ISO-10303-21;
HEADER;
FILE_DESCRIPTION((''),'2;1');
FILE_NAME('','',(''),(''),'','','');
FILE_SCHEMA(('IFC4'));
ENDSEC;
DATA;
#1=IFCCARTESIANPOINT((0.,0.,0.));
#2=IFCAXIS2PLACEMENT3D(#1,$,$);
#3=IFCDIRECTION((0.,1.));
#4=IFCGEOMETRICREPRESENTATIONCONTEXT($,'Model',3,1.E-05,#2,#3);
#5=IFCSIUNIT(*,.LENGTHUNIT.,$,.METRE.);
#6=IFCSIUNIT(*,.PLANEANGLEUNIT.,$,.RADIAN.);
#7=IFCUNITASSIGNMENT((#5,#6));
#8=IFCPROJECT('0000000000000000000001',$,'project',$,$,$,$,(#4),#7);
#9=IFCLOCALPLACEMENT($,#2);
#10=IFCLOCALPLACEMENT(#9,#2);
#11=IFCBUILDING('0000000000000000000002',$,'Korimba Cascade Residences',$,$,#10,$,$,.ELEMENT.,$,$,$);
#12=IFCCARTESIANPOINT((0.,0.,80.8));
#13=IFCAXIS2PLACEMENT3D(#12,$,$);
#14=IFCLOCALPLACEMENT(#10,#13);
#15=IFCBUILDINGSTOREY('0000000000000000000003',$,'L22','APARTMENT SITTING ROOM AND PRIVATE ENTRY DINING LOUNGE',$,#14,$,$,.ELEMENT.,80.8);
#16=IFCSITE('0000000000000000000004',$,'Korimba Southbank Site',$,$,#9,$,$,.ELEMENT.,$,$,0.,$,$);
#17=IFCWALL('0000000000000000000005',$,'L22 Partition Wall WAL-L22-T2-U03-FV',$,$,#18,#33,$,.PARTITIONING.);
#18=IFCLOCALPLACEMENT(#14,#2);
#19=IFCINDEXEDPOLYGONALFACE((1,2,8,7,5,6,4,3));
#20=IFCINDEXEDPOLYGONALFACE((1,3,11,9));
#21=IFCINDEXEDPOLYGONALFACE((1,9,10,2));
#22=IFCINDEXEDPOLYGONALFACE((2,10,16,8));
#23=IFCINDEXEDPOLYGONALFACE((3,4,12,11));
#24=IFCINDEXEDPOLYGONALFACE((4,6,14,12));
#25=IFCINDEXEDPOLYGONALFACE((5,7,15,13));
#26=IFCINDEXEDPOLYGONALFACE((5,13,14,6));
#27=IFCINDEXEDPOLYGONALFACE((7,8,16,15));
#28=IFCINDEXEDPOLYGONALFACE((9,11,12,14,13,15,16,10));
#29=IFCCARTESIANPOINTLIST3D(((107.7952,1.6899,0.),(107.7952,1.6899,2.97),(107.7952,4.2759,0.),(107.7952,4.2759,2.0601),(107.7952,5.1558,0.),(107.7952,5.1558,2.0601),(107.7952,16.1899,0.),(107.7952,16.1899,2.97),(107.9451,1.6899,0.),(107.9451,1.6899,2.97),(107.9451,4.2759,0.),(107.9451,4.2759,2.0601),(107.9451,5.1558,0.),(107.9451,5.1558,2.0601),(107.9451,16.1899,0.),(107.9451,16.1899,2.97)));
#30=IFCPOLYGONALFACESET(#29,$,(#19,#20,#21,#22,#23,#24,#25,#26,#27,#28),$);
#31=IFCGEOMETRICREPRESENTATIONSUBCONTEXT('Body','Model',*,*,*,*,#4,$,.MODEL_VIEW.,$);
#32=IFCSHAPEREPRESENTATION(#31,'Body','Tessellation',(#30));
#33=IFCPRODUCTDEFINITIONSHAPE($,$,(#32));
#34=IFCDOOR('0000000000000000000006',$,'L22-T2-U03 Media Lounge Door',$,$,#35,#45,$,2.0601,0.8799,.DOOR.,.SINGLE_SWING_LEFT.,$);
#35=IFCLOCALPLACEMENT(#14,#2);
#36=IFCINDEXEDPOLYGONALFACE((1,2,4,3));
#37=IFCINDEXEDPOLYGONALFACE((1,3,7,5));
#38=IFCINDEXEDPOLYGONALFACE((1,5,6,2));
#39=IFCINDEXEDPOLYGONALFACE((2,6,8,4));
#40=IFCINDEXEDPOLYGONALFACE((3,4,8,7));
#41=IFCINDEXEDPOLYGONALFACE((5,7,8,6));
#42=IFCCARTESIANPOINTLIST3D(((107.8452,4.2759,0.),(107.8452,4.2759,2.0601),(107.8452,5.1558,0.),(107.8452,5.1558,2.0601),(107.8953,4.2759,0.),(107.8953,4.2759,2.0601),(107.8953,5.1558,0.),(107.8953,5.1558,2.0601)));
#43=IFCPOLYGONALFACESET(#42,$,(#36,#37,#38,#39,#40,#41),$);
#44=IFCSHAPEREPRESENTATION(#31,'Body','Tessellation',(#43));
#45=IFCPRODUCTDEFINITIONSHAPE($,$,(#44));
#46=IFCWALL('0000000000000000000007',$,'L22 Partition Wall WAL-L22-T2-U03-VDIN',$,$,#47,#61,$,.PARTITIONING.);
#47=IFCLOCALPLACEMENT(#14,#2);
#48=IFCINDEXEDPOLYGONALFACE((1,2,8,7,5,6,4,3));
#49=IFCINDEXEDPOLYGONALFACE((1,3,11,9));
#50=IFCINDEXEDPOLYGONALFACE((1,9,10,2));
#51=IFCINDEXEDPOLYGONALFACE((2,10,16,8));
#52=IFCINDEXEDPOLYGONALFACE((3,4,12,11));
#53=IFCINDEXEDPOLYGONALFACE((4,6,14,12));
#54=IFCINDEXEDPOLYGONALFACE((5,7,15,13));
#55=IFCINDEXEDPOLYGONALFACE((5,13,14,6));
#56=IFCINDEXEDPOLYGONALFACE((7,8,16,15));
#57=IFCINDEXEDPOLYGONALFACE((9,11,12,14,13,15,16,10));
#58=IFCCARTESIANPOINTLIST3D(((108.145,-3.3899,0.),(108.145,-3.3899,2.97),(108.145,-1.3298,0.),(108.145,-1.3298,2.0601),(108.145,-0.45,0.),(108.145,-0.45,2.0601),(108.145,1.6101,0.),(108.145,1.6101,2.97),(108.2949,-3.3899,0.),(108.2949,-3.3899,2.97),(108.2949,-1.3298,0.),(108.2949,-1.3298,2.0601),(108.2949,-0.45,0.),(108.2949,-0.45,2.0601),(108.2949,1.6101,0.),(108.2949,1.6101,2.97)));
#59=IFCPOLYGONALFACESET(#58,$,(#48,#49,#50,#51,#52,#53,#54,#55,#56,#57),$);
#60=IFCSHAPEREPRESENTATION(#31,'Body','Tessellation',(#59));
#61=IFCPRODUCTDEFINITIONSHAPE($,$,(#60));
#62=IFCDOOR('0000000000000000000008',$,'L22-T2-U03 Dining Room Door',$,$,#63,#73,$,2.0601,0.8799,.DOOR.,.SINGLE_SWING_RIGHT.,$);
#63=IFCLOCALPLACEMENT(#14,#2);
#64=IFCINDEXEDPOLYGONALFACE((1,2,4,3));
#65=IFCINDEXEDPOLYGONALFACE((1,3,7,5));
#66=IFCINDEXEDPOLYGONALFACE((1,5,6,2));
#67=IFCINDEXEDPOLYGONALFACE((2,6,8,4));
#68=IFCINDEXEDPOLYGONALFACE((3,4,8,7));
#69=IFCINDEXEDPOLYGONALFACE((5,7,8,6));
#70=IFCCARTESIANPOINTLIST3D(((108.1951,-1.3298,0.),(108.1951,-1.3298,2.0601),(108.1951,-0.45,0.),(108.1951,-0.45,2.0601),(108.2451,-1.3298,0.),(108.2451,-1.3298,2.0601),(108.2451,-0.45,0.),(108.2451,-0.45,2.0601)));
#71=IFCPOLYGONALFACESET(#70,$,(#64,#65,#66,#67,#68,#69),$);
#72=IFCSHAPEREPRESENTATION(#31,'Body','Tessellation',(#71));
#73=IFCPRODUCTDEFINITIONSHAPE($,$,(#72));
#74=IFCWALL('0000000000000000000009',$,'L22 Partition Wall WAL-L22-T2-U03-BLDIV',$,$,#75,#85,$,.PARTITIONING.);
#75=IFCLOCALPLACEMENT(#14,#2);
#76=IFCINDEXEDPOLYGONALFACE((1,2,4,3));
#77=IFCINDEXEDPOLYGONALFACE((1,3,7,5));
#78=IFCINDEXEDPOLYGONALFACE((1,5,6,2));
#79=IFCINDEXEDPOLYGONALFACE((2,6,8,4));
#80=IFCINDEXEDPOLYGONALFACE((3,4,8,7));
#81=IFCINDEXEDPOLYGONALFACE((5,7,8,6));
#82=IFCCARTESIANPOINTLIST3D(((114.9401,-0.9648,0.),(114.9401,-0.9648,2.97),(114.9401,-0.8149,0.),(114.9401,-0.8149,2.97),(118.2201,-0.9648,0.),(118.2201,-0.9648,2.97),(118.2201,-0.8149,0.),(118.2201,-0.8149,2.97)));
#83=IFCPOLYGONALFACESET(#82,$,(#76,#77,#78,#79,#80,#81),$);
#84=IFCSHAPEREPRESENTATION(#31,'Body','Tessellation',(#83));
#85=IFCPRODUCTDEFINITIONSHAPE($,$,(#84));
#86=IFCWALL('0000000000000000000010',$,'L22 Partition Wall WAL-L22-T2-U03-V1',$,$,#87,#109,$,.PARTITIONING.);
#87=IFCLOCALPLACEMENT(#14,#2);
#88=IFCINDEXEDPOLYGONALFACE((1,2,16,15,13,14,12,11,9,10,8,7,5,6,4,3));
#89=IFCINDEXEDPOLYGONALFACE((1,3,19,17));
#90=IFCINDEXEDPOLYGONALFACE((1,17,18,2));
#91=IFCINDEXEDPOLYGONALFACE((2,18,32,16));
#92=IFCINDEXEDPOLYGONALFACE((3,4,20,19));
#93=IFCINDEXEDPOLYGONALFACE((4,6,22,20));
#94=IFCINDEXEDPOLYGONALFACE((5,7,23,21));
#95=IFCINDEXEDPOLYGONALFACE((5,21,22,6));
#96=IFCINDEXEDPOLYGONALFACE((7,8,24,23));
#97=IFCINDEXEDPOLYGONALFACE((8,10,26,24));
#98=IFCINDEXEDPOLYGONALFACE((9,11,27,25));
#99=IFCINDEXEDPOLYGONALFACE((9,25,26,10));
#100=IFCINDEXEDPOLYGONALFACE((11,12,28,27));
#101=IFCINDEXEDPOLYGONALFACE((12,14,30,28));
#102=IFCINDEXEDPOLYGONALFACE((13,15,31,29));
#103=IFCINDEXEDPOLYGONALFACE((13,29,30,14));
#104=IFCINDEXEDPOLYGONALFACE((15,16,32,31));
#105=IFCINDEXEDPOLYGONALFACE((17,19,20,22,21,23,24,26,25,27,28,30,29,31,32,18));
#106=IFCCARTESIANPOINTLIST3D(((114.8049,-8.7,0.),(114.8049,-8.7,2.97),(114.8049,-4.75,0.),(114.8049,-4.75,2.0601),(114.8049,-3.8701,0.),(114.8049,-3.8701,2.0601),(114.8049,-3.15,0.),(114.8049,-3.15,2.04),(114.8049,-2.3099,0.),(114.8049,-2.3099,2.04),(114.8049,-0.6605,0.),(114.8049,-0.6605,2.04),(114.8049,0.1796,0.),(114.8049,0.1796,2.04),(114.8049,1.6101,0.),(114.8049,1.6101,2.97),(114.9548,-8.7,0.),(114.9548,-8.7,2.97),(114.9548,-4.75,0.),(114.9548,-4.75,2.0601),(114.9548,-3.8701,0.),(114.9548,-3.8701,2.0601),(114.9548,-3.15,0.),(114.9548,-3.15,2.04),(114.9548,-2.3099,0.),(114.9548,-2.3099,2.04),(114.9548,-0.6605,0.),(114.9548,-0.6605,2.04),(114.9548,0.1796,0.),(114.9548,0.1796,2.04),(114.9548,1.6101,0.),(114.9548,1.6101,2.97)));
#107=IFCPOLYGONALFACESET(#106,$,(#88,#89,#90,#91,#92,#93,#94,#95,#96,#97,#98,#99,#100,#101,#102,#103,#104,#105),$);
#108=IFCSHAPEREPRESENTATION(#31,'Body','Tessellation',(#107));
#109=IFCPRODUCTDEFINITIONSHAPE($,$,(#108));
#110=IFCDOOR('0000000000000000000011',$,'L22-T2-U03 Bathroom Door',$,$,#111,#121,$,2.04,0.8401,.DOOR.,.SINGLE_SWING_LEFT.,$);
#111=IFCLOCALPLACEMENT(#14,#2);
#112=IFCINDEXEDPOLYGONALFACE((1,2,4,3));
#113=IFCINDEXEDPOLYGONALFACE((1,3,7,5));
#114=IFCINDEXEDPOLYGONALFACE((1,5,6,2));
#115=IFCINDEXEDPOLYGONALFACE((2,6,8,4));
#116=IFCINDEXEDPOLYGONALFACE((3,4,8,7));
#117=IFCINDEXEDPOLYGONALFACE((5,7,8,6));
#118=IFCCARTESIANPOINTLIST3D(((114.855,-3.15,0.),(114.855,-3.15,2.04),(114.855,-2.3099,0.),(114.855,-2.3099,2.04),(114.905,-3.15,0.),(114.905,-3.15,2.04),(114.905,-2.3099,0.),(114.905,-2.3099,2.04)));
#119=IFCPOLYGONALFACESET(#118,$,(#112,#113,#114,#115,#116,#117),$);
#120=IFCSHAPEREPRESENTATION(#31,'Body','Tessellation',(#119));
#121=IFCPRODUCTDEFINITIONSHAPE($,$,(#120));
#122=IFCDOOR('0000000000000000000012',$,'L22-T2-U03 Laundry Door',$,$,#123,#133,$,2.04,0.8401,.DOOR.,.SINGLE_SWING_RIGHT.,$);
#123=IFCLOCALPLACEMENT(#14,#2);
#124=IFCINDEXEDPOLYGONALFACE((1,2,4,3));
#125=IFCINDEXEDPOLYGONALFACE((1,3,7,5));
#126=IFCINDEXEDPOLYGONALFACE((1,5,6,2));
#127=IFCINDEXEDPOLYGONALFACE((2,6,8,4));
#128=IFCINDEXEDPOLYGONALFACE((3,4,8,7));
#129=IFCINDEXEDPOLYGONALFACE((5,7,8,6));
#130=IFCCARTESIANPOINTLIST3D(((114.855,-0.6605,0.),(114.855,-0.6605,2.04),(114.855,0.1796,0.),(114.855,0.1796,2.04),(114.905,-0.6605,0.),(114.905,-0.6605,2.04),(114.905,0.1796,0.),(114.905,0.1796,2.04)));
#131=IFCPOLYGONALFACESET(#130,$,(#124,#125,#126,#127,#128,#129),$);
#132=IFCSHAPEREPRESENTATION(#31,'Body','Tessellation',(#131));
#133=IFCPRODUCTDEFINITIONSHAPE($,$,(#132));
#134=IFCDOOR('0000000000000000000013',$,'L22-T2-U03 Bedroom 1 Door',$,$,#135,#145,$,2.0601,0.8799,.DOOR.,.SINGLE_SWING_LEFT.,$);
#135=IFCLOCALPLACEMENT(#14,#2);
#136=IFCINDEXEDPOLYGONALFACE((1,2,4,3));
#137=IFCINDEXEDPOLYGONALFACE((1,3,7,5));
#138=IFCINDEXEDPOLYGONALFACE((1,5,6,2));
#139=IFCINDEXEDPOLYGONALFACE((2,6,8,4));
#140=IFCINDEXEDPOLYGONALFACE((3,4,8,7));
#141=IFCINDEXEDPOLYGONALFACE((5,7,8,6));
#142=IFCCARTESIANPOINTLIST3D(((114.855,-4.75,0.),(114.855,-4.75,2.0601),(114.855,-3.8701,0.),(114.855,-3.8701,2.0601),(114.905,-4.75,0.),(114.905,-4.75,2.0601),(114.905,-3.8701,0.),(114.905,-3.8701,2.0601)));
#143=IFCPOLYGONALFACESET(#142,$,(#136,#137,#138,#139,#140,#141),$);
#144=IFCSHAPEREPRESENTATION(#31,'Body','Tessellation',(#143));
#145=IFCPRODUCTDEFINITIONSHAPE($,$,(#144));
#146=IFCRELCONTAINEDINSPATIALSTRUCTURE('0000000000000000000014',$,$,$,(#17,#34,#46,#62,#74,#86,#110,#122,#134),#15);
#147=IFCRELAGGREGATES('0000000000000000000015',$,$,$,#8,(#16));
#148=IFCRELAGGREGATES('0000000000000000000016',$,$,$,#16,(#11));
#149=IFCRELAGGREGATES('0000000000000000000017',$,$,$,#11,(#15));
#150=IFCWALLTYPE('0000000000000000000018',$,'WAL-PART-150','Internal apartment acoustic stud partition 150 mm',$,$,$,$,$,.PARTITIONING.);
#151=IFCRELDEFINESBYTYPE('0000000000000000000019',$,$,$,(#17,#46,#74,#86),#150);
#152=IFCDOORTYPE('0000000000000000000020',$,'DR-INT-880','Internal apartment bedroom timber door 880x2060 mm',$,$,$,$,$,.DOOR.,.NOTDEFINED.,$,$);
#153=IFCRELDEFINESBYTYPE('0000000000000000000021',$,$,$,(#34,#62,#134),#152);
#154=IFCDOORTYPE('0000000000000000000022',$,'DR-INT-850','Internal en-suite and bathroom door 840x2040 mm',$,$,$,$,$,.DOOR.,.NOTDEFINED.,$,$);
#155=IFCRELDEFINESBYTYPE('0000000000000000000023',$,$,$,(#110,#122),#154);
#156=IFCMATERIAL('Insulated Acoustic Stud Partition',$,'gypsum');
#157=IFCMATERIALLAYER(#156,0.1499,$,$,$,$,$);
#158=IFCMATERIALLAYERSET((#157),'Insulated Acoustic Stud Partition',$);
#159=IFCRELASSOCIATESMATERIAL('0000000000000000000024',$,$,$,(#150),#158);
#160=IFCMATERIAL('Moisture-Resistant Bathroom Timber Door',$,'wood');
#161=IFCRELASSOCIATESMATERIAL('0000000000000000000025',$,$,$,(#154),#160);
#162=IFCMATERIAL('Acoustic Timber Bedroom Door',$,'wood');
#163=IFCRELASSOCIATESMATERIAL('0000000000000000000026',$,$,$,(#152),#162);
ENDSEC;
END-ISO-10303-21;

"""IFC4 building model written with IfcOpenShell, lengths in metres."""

from ifc_helpers import new_model, si_unit, direction, frame, frame_2d, origin, place, context, subcontext, project, spatial, rectangle, extrude, material, layer, layer_set, type_object, element, fill, save


model = new_model("IFC4")

# Units and contexts
model_context = context("Model", 3, precision=1e-05, world=origin(), true_north=direction((0.0, 1.0)))
body_context = subcontext(model_context, "Body", "Model", "MODEL_VIEW")
ifc_project = project(units=[si_unit("LENGTHUNIT", "METRE"), si_unit("PLANEANGLEUNIT", "RADIAN")], contexts=[model_context])

# Site, building, storey
site_placement = place(None, origin())
site = spatial("IfcSite", under=ifc_project, at=site_placement, Name="Korimba Southbank Site", CompositionType="ELEMENT", RefElevation=0.0)
building_placement = place(site_placement, origin())
building = spatial("IfcBuilding", under=site, at=building_placement, Name="Korimba Cascade Residences", CompositionType="ELEMENT")
storey_placement = place(building_placement, frame((0.0, 0.0, 80.8)))
storey = spatial("IfcBuildingStorey", under=building, at=storey_placement, Name="L22", Description="APARTMENT SITTING ROOM AND PRIVATE ENTRY DINING LOUNGE", CompositionType="ELEMENT", Elevation=80.8)

# Walls, openings, doors
ifc_material_1 = material(Name="Insulated Acoustic Stud Partition", Category="gypsum")
ifc_layer = layer(ifc_material_1, 0.1499)
ifc_layer_set = layer_set([ifc_layer], Name="Insulated Acoustic Stud Partition")
wall_type = type_object("IfcWallType", Name="WAL-PART-150", Description="Internal apartment acoustic stud partition 150 mm", PredefinedType="PARTITIONING", material=ifc_layer_set)
ifc_material_2 = material(Name="Moisture-Resistant Bathroom Timber Door", Category="wood")
door_type_1 = type_object("IfcDoorType", Name="DR-INT-850", Description="Internal en-suite and bathroom door 840x2040 mm", OperationType="NOTDEFINED", PredefinedType="DOOR", material=ifc_material_2)
wall_1_placement = place(storey_placement, frame((107.8701, 1.6899, 0.0), z_axis=(0.0, 0.0, 1.0), x_axis=(0.0, 1.0, 0.0)))
wall_1 = element("IfcWall", 1, at=wall_1_placement, inside=storey, type_object=wall_type, Name="L22 Partition Wall WAL-L22-T2-U03-FV", PredefinedType="PARTITIONING", context=body_context, shape_type="SweptSolid", body=[
    extrude(rectangle(XDim=14.5, YDim=0.1499, at=frame_2d((7.25, 0.0))), origin(), (0.0, 0.0, 1.0), 2.97),
])
opening_1_placement = place(wall_1_placement, frame((2.5859, 0.0, 0.0)))
opening_1 = element("IfcOpeningElement", 2, at=opening_1_placement, cuts=wall_1, PredefinedType="OPENING", context=body_context, shape_type="SweptSolid", body=[
    extrude(rectangle(XDim=0.8799, YDim=2.0601, at=frame_2d((0.4399, 1.03))), frame((0.0, 0.085, 0.0), z_axis=(0.0, -1.0, 0.0), x_axis=(1.0, 0.0, 0.0)), (0.0, 0.0, 1.0), 0.1699),
])
ifc_material_3 = material(Name="Acoustic Timber Bedroom Door", Category="wood")
door_type_2 = type_object("IfcDoorType", Name="DR-INT-880", Description="Internal apartment bedroom timber door 880x2060 mm", OperationType="NOTDEFINED", PredefinedType="DOOR", material=ifc_material_3)
door_1_placement = place(opening_1_placement, origin())
door_1 = element("IfcDoor", 3, at=door_1_placement, inside=storey, type_object=door_type_2, Name="L22-T2-U03 Media Lounge Door", OperationType="SINGLE_SWING_LEFT", OverallHeight=2.0601, OverallWidth=0.8799, PredefinedType="DOOR", context=body_context, shape_type="SweptSolid", body=[
    extrude(rectangle(XDim=0.8799, YDim=2.0601, at=frame_2d((0.4399, 1.03))), frame((0.0, 0.0249, 0.0), z_axis=(0.0, -1.0, 0.0), x_axis=(1.0, 0.0, 0.0)), (0.0, 0.0, 1.0), 0.05),
])
fill(opening_1, door_1)
wall_2_placement = place(storey_placement, frame((108.22, -3.3899, 0.0), z_axis=(0.0, 0.0, 1.0), x_axis=(0.0, 1.0, 0.0)))
wall_2 = element("IfcWall", 4, at=wall_2_placement, inside=storey, type_object=wall_type, Name="L22 Partition Wall WAL-L22-T2-U03-VDIN", PredefinedType="PARTITIONING", context=body_context, shape_type="SweptSolid", body=[
    extrude(rectangle(XDim=5.0, YDim=0.1499, at=frame_2d((2.5, 0.0))), origin(), (0.0, 0.0, 1.0), 2.97),
])
opening_2_placement = place(wall_2_placement, frame((2.0601, 0.0, 0.0)))
opening_2 = element("IfcOpeningElement", 5, at=opening_2_placement, cuts=wall_2, PredefinedType="OPENING", context=body_context, shape_type="SweptSolid", body=[
    extrude(rectangle(XDim=0.8799, YDim=2.0601, at=frame_2d((0.4399, 1.03))), frame((0.0, 0.085, 0.0), z_axis=(0.0, -1.0, 0.0), x_axis=(1.0, 0.0, 0.0)), (0.0, 0.0, 1.0), 0.1699),
])
door_2_placement = place(opening_2_placement, origin())
door_2 = element("IfcDoor", 6, at=door_2_placement, inside=storey, type_object=door_type_2, Name="L22-T2-U03 Dining Room Door", OperationType="SINGLE_SWING_RIGHT", OverallHeight=2.0601, OverallWidth=0.8799, PredefinedType="DOOR", context=body_context, shape_type="SweptSolid", body=[
    extrude(rectangle(XDim=0.8799, YDim=2.0601, at=frame_2d((0.4399, 1.03))), frame((0.0, 0.0249, 0.0), z_axis=(0.0, -1.0, 0.0), x_axis=(1.0, 0.0, 0.0)), (0.0, 0.0, 1.0), 0.05),
])
fill(opening_2, door_2)

# Wall
wall_3_placement = place(storey_placement, frame((114.9399, -0.8899, 0.0), z_axis=(0.0, 0.0, 1.0), x_axis=(1.0, 0.0, 0.0)))
element("IfcWall", 7, at=wall_3_placement, inside=storey, type_object=wall_type, Name="L22 Partition Wall WAL-L22-T2-U03-BLDIV", PredefinedType="PARTITIONING", context=body_context, shape_type="SweptSolid", body=[
    extrude(rectangle(XDim=3.28, YDim=0.1499, at=frame_2d((1.6401, 0.0))), origin(), (0.0, 0.0, 1.0), 2.97),
])

# Wall, openings, doors
wall_4_placement = place(storey_placement, frame((114.8799, -8.7, 0.0), z_axis=(0.0, 0.0, 1.0), x_axis=(0.0, 1.0, 0.0)))
wall_4 = element("IfcWall", 8, at=wall_4_placement, inside=storey, type_object=wall_type, Name="L22 Partition Wall WAL-L22-T2-U03-V1", PredefinedType="PARTITIONING", context=body_context, shape_type="SweptSolid", body=[
    extrude(rectangle(XDim=10.3101, YDim=0.1499, at=frame_2d((5.155, 0.0))), origin(), (0.0, 0.0, 1.0), 2.97),
])
opening_3_placement = place(wall_4_placement, frame((5.55, 0.0, 0.0)))
opening_3 = element("IfcOpeningElement", 9, at=opening_3_placement, cuts=wall_4, PredefinedType="OPENING", context=body_context, shape_type="SweptSolid", body=[
    extrude(rectangle(XDim=0.8401, YDim=2.04, at=frame_2d((0.4199, 1.02))), frame((0.0, 0.085, 0.0), z_axis=(0.0, -1.0, 0.0), x_axis=(1.0, 0.0, 0.0)), (0.0, 0.0, 1.0), 0.1699),
])
opening_4_placement = place(wall_4_placement, frame((8.0396, 0.0, 0.0)))
opening_4 = element("IfcOpeningElement", 10, at=opening_4_placement, cuts=wall_4, PredefinedType="OPENING", context=body_context, shape_type="SweptSolid", body=[
    extrude(rectangle(XDim=0.8401, YDim=2.04, at=frame_2d((0.4199, 1.02))), frame((0.0, 0.085, 0.0), z_axis=(0.0, -1.0, 0.0), x_axis=(1.0, 0.0, 0.0)), (0.0, 0.0, 1.0), 0.1699),
])
opening_5_placement = place(wall_4_placement, frame((3.95, 0.0, 0.0)))
opening_5 = element("IfcOpeningElement", 11, at=opening_5_placement, cuts=wall_4, PredefinedType="OPENING", context=body_context, shape_type="SweptSolid", body=[
    extrude(rectangle(XDim=0.8799, YDim=2.0601, at=frame_2d((0.4399, 1.03))), frame((0.0, 0.085, 0.0), z_axis=(0.0, -1.0, 0.0), x_axis=(1.0, 0.0, 0.0)), (0.0, 0.0, 1.0), 0.1699),
])
door_3_placement = place(opening_3_placement, origin())
door_3 = element("IfcDoor", 12, at=door_3_placement, inside=storey, type_object=door_type_1, Name="L22-T2-U03 Bathroom Door", OperationType="SINGLE_SWING_LEFT", OverallHeight=2.04, OverallWidth=0.8401, PredefinedType="DOOR", context=body_context, shape_type="SweptSolid", body=[
    extrude(rectangle(XDim=0.8401, YDim=2.04, at=frame_2d((0.4199, 1.02))), frame((0.0, 0.0249, 0.0), z_axis=(0.0, -1.0, 0.0), x_axis=(1.0, 0.0, 0.0)), (0.0, 0.0, 1.0), 0.05),
])
fill(opening_3, door_3)
door_4_placement = place(opening_4_placement, origin())
door_4 = element("IfcDoor", 13, at=door_4_placement, inside=storey, type_object=door_type_1, Name="L22-T2-U03 Laundry Door", OperationType="SINGLE_SWING_RIGHT", OverallHeight=2.04, OverallWidth=0.8401, PredefinedType="DOOR", context=body_context, shape_type="SweptSolid", body=[
    extrude(rectangle(XDim=0.8401, YDim=2.04, at=frame_2d((0.4199, 1.02))), frame((0.0, 0.0249, 0.0), z_axis=(0.0, -1.0, 0.0), x_axis=(1.0, 0.0, 0.0)), (0.0, 0.0, 1.0), 0.05),
])
fill(opening_4, door_4)
door_5_placement = place(opening_5_placement, origin())
door_5 = element("IfcDoor", 14, at=door_5_placement, inside=storey, type_object=door_type_2, Name="L22-T2-U03 Bedroom 1 Door", OperationType="SINGLE_SWING_LEFT", OverallHeight=2.0601, OverallWidth=0.8799, PredefinedType="DOOR", context=body_context, shape_type="SweptSolid", body=[
    extrude(rectangle(XDim=0.8799, YDim=2.0601, at=frame_2d((0.4399, 1.03))), frame((0.0, 0.0249, 0.0), z_axis=(0.0, -1.0, 0.0), x_axis=(1.0, 0.0, 0.0)), (0.0, 0.0, 1.0), 0.05),
])
fill(opening_5, door_5)

save(model, "model.ifc")
